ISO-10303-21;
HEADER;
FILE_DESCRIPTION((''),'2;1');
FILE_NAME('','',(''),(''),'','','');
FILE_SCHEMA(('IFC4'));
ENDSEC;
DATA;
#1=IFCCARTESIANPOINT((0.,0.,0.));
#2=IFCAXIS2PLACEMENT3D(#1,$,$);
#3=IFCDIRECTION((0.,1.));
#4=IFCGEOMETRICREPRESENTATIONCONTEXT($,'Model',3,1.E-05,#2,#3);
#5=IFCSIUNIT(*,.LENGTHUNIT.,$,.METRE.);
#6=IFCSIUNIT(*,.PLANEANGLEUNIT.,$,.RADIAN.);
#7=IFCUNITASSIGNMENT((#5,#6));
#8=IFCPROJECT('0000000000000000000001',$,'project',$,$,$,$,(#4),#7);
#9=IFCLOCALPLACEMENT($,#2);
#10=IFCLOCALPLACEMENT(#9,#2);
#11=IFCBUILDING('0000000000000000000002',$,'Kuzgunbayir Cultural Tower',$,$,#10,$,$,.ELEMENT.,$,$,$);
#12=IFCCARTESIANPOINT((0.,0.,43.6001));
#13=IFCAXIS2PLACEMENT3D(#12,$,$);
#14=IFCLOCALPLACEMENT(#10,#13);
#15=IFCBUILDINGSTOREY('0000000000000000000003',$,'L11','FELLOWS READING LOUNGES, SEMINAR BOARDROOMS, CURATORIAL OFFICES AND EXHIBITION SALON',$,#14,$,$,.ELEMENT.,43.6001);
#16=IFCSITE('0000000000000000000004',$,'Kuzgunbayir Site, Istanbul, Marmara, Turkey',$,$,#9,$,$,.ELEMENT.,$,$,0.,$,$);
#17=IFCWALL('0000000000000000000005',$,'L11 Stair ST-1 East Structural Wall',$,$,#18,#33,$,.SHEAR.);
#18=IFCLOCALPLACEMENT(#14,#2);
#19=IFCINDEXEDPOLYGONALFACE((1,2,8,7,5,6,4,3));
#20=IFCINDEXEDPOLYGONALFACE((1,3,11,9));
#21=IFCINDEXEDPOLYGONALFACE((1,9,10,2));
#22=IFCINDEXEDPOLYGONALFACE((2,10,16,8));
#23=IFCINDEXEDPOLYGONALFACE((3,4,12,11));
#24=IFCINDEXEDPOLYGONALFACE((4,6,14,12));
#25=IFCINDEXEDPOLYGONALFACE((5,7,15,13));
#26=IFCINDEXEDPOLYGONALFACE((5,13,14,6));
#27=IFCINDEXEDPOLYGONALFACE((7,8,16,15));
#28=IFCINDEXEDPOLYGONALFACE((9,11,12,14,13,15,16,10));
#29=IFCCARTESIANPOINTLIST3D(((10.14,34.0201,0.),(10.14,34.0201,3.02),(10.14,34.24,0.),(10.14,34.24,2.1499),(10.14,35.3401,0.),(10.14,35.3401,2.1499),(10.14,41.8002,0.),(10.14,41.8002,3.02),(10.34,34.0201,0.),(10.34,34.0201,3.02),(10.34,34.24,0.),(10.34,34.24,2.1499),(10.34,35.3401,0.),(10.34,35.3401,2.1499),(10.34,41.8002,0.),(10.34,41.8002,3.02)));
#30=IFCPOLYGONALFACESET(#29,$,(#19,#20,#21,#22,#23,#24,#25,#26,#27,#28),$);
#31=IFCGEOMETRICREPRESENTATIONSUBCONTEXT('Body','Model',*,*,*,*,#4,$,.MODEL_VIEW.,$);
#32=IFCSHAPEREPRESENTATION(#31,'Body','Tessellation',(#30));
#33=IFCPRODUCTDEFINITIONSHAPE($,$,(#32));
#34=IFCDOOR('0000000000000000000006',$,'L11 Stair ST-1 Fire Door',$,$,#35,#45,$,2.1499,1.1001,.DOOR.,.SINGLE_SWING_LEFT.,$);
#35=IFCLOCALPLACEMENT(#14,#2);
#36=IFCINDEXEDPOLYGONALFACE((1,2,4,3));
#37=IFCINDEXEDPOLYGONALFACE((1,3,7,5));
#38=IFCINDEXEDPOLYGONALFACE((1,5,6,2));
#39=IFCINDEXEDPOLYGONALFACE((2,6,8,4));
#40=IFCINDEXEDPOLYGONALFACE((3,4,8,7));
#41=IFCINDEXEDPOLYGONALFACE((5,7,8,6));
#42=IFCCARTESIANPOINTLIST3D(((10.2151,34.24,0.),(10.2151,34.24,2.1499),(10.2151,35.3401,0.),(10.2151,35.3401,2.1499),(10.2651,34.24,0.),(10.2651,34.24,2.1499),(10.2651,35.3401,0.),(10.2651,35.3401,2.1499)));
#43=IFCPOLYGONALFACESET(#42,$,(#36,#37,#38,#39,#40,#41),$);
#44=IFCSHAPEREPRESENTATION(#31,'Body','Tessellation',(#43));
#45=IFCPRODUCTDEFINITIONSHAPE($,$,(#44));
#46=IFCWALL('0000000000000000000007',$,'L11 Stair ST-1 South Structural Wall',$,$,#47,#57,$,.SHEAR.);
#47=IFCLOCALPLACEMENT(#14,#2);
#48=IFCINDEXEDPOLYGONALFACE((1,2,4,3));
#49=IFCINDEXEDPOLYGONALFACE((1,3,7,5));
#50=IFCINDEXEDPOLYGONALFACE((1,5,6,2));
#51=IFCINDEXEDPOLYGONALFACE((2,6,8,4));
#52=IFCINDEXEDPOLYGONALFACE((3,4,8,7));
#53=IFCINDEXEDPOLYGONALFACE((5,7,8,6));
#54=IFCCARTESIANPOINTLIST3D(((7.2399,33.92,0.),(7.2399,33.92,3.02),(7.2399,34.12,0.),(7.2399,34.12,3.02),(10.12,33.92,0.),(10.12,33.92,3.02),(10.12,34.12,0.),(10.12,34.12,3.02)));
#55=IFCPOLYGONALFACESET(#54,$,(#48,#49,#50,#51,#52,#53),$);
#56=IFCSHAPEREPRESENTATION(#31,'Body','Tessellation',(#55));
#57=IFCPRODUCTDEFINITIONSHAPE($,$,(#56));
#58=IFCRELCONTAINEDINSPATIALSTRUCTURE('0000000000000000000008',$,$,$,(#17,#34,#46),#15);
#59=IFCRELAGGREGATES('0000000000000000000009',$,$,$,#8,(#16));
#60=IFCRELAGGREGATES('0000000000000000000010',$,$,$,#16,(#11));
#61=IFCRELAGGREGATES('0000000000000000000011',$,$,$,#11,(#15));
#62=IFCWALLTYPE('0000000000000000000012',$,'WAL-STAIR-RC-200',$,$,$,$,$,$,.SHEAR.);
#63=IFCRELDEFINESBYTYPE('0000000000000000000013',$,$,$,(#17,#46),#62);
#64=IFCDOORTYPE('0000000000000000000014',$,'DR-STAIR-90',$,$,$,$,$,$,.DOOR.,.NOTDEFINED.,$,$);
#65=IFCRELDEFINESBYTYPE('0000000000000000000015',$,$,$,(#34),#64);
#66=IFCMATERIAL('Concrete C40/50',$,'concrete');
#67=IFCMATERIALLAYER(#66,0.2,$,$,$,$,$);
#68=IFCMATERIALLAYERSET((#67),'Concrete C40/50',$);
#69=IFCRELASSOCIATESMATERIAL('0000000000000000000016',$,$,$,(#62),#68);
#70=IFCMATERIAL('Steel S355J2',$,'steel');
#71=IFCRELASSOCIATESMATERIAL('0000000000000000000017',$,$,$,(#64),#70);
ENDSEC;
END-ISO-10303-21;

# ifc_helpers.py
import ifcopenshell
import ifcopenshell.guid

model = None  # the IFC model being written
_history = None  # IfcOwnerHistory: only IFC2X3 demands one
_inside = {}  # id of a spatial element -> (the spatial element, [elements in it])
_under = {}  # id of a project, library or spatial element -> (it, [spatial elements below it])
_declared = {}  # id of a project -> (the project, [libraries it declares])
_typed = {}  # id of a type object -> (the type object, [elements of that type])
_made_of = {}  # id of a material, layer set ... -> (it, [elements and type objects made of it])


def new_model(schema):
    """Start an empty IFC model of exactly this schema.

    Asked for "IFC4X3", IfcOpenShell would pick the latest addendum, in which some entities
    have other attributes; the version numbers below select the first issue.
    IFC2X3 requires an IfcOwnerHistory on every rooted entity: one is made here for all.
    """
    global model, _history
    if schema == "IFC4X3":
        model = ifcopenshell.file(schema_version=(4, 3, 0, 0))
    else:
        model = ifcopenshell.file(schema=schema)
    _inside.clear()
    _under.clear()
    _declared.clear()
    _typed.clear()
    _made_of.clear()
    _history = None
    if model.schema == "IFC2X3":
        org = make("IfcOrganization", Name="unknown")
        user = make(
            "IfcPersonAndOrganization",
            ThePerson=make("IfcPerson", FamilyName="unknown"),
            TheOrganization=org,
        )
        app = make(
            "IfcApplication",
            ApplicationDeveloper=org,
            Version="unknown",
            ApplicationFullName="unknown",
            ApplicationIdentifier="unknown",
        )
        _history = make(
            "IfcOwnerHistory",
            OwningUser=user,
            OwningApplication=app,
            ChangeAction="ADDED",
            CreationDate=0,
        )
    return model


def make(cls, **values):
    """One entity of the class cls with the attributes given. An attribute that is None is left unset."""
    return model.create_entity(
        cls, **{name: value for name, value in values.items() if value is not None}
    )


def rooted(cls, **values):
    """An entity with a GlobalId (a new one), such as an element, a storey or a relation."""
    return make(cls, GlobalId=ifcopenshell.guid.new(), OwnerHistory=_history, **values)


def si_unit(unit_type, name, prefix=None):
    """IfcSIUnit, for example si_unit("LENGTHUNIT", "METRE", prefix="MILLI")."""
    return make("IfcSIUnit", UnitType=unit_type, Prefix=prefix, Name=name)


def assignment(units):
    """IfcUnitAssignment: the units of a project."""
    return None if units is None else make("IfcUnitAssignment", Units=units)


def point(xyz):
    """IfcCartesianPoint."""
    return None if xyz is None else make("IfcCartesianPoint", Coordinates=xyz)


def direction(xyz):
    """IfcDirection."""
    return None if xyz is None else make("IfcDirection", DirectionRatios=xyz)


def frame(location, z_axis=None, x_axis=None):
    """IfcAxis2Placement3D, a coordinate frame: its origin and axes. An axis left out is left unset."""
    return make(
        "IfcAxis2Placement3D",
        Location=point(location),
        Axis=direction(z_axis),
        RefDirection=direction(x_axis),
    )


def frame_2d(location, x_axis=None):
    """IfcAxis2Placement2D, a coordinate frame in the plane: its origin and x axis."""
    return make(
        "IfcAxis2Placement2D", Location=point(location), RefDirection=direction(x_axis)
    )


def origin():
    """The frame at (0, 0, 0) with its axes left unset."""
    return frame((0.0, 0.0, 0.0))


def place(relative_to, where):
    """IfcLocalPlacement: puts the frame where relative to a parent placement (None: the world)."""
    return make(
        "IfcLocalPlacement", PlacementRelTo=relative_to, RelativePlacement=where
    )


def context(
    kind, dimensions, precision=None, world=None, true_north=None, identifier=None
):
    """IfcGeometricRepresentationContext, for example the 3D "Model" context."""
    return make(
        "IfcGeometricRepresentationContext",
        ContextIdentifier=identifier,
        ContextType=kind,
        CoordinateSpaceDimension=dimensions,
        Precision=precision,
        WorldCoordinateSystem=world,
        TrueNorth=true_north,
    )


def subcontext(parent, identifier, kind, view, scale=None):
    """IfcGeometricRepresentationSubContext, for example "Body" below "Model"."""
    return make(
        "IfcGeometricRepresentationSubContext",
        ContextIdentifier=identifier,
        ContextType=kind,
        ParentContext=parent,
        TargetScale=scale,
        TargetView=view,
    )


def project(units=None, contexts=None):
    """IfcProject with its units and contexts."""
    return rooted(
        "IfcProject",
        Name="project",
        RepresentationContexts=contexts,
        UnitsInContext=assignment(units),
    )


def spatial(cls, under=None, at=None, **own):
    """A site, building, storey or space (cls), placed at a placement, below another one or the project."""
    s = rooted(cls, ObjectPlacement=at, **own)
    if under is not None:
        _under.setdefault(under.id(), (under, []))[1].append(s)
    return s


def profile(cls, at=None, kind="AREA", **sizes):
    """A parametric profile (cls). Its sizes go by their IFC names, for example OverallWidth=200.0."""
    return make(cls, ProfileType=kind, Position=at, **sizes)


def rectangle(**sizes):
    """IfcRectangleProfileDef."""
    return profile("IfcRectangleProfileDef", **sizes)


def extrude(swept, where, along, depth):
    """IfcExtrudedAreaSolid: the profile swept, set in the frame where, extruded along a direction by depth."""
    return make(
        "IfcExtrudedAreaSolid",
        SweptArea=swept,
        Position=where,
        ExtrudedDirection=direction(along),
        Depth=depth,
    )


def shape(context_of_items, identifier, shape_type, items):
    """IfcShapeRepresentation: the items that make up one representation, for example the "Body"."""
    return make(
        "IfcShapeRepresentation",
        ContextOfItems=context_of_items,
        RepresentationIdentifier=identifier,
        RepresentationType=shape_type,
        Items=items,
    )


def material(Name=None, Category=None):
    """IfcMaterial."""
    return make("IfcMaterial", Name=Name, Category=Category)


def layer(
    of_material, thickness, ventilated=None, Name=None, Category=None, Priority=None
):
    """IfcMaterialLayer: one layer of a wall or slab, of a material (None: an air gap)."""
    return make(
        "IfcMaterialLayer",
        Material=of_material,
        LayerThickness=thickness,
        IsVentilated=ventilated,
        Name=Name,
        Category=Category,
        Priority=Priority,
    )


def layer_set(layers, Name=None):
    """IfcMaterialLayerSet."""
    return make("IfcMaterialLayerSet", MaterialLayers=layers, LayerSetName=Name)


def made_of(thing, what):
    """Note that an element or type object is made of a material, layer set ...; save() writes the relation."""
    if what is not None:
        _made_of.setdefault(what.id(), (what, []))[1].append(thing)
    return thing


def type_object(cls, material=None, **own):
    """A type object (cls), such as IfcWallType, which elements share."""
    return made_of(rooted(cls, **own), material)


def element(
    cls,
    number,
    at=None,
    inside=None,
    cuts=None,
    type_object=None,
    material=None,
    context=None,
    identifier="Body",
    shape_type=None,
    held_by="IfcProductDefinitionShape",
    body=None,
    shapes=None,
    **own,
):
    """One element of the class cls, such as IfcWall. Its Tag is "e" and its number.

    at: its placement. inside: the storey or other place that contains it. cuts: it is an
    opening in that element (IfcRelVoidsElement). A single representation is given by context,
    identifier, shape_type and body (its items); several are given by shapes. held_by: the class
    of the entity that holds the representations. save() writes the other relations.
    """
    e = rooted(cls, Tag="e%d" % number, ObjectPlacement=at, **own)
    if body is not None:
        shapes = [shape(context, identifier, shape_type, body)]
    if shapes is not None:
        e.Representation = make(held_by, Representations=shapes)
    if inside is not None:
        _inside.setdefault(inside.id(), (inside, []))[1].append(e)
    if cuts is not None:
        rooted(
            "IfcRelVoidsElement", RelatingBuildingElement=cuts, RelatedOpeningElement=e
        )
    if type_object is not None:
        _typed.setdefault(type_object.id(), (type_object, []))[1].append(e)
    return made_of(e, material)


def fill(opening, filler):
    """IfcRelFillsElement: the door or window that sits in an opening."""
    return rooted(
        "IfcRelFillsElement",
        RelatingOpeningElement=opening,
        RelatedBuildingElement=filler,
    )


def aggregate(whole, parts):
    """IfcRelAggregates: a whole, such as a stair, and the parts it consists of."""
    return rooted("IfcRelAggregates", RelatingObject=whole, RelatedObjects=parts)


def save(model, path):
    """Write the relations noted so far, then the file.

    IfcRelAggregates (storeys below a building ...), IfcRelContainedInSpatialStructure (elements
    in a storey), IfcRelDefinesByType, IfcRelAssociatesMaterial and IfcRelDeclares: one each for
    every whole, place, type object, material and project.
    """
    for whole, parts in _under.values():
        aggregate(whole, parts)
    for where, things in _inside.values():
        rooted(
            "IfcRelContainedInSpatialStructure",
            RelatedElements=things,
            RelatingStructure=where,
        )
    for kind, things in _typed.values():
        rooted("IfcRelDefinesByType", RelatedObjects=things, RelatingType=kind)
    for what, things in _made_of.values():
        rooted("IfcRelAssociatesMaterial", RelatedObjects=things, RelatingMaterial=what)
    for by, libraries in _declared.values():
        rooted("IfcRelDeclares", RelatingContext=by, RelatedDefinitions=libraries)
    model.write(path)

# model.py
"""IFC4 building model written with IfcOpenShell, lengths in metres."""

from ifc_helpers import new_model, si_unit, direction, frame, frame_2d, origin, place, context, subcontext, project, spatial, rectangle, extrude, material, layer, layer_set, type_object, element, fill, save


model = new_model("IFC4")

# Units and contexts
model_context = context("Model", 3, precision=1e-05, world=origin(), true_north=direction((0.0, 1.0)))
body_context = subcontext(model_context, "Body", "Model", "MODEL_VIEW")
ifc_project = project(units=[si_unit("LENGTHUNIT", "METRE"), si_unit("PLANEANGLEUNIT", "RADIAN")], contexts=[model_context])

# Site, building, storey
site_placement = place(None, origin())
site = spatial("IfcSite", under=ifc_project, at=site_placement, Name="Kuzgunbayir Site, Istanbul, Marmara, Turkey", CompositionType="ELEMENT", RefElevation=0.0)
building_placement = place(site_placement, origin())
building = spatial("IfcBuilding", under=site, at=building_placement, Name="Kuzgunbayir Cultural Tower", CompositionType="ELEMENT")
storey_placement = place(building_placement, frame((0.0, 0.0, 43.6001)))
storey = spatial("IfcBuildingStorey", under=building, at=storey_placement, Name="L11", Description="FELLOWS READING LOUNGES, SEMINAR BOARDROOMS, CURATORIAL OFFICES AND EXHIBITION SALON", CompositionType="ELEMENT", Elevation=43.6001)

# Shared definitions
ifc_material_1 = material(Name="Steel S355J2", Category="steel")

# Shared definitions
ifc_material_2 = material(Name="Concrete C40/50", Category="concrete")
ifc_layer_1 = layer(ifc_material_2, 0.2)
ifc_layer_set_1 = layer_set([ifc_layer_1], Name="Concrete C40/50")
wall_type_1 = type_object("IfcWallType", Name="WAL-STAIR-RC-200", PredefinedType="SHEAR", material=ifc_layer_set_1)

# Wall, opening, door
wall_1_placement = place(storey_placement, frame((10.24, 34.02, 0.0), z_axis=(0.0, 0.0, 1.0), x_axis=(0.0, 1.0, 0.0)))
wall_1 = element("IfcWall", 1, at=wall_1_placement, inside=storey, type_object=wall_type_1, Name="L11 Stair ST-1 East Structural Wall", PredefinedType="SHEAR", context=body_context, shape_type="SweptSolid", body=[
    extrude(rectangle(XDim=7.78, YDim=0.2, at=frame_2d((3.8901, 0.0))), origin(), (0.0, 0.0, 1.0), 3.02),
])
opening_1_placement = place(wall_1_placement, frame((0.22, 0.0, 0.0)))
opening_1 = element("IfcOpeningElement", 2, at=opening_1_placement, cuts=wall_1, PredefinedType="OPENING", context=body_context, shape_type="SweptSolid", body=[
    extrude(rectangle(XDim=1.1001, YDim=2.1499, at=frame_2d((0.55, 1.075))), frame((0.0, 0.1099, 0.0), z_axis=(0.0, -1.0, 0.0), x_axis=(1.0, 0.0, 0.0)), (0.0, 0.0, 1.0), 0.22),
])
door_type_1 = type_object("IfcDoorType", Name="DR-STAIR-90", OperationType="NOTDEFINED", PredefinedType="DOOR", material=ifc_material_1)
door_1_placement = place(opening_1_placement, origin())
door_1 = element("IfcDoor", 3, at=door_1_placement, inside=storey, type_object=door_type_1, Name="L11 Stair ST-1 Fire Door", OperationType="SINGLE_SWING_LEFT", OverallHeight=2.1499, OverallWidth=1.1001, PredefinedType="DOOR", context=body_context, shape_type="SweptSolid", body=[
    extrude(rectangle(XDim=1.1001, YDim=2.1499, at=frame_2d((0.55, 1.075))), frame((0.0, 0.0249, 0.0), z_axis=(0.0, -1.0, 0.0), x_axis=(1.0, 0.0, 0.0)), (0.0, 0.0, 1.0), 0.05),
])
fill(opening_1, door_1)

# Wall
wall_2_placement = place(storey_placement, frame((7.24, 34.02, 0.0), z_axis=(0.0, 0.0, 1.0), x_axis=(1.0, 0.0, 0.0)))
element("IfcWall", 4, at=wall_2_placement, inside=storey, type_object=wall_type_1, Name="L11 Stair ST-1 South Structural Wall", PredefinedType="SHEAR", context=body_context, shape_type="SweptSolid", body=[
    extrude(rectangle(XDim=2.8801, YDim=0.2, at=frame_2d((1.4399, 0.0))), origin(), (0.0, 0.0, 1.0), 3.02),
])

save(model, "model.ifc")
